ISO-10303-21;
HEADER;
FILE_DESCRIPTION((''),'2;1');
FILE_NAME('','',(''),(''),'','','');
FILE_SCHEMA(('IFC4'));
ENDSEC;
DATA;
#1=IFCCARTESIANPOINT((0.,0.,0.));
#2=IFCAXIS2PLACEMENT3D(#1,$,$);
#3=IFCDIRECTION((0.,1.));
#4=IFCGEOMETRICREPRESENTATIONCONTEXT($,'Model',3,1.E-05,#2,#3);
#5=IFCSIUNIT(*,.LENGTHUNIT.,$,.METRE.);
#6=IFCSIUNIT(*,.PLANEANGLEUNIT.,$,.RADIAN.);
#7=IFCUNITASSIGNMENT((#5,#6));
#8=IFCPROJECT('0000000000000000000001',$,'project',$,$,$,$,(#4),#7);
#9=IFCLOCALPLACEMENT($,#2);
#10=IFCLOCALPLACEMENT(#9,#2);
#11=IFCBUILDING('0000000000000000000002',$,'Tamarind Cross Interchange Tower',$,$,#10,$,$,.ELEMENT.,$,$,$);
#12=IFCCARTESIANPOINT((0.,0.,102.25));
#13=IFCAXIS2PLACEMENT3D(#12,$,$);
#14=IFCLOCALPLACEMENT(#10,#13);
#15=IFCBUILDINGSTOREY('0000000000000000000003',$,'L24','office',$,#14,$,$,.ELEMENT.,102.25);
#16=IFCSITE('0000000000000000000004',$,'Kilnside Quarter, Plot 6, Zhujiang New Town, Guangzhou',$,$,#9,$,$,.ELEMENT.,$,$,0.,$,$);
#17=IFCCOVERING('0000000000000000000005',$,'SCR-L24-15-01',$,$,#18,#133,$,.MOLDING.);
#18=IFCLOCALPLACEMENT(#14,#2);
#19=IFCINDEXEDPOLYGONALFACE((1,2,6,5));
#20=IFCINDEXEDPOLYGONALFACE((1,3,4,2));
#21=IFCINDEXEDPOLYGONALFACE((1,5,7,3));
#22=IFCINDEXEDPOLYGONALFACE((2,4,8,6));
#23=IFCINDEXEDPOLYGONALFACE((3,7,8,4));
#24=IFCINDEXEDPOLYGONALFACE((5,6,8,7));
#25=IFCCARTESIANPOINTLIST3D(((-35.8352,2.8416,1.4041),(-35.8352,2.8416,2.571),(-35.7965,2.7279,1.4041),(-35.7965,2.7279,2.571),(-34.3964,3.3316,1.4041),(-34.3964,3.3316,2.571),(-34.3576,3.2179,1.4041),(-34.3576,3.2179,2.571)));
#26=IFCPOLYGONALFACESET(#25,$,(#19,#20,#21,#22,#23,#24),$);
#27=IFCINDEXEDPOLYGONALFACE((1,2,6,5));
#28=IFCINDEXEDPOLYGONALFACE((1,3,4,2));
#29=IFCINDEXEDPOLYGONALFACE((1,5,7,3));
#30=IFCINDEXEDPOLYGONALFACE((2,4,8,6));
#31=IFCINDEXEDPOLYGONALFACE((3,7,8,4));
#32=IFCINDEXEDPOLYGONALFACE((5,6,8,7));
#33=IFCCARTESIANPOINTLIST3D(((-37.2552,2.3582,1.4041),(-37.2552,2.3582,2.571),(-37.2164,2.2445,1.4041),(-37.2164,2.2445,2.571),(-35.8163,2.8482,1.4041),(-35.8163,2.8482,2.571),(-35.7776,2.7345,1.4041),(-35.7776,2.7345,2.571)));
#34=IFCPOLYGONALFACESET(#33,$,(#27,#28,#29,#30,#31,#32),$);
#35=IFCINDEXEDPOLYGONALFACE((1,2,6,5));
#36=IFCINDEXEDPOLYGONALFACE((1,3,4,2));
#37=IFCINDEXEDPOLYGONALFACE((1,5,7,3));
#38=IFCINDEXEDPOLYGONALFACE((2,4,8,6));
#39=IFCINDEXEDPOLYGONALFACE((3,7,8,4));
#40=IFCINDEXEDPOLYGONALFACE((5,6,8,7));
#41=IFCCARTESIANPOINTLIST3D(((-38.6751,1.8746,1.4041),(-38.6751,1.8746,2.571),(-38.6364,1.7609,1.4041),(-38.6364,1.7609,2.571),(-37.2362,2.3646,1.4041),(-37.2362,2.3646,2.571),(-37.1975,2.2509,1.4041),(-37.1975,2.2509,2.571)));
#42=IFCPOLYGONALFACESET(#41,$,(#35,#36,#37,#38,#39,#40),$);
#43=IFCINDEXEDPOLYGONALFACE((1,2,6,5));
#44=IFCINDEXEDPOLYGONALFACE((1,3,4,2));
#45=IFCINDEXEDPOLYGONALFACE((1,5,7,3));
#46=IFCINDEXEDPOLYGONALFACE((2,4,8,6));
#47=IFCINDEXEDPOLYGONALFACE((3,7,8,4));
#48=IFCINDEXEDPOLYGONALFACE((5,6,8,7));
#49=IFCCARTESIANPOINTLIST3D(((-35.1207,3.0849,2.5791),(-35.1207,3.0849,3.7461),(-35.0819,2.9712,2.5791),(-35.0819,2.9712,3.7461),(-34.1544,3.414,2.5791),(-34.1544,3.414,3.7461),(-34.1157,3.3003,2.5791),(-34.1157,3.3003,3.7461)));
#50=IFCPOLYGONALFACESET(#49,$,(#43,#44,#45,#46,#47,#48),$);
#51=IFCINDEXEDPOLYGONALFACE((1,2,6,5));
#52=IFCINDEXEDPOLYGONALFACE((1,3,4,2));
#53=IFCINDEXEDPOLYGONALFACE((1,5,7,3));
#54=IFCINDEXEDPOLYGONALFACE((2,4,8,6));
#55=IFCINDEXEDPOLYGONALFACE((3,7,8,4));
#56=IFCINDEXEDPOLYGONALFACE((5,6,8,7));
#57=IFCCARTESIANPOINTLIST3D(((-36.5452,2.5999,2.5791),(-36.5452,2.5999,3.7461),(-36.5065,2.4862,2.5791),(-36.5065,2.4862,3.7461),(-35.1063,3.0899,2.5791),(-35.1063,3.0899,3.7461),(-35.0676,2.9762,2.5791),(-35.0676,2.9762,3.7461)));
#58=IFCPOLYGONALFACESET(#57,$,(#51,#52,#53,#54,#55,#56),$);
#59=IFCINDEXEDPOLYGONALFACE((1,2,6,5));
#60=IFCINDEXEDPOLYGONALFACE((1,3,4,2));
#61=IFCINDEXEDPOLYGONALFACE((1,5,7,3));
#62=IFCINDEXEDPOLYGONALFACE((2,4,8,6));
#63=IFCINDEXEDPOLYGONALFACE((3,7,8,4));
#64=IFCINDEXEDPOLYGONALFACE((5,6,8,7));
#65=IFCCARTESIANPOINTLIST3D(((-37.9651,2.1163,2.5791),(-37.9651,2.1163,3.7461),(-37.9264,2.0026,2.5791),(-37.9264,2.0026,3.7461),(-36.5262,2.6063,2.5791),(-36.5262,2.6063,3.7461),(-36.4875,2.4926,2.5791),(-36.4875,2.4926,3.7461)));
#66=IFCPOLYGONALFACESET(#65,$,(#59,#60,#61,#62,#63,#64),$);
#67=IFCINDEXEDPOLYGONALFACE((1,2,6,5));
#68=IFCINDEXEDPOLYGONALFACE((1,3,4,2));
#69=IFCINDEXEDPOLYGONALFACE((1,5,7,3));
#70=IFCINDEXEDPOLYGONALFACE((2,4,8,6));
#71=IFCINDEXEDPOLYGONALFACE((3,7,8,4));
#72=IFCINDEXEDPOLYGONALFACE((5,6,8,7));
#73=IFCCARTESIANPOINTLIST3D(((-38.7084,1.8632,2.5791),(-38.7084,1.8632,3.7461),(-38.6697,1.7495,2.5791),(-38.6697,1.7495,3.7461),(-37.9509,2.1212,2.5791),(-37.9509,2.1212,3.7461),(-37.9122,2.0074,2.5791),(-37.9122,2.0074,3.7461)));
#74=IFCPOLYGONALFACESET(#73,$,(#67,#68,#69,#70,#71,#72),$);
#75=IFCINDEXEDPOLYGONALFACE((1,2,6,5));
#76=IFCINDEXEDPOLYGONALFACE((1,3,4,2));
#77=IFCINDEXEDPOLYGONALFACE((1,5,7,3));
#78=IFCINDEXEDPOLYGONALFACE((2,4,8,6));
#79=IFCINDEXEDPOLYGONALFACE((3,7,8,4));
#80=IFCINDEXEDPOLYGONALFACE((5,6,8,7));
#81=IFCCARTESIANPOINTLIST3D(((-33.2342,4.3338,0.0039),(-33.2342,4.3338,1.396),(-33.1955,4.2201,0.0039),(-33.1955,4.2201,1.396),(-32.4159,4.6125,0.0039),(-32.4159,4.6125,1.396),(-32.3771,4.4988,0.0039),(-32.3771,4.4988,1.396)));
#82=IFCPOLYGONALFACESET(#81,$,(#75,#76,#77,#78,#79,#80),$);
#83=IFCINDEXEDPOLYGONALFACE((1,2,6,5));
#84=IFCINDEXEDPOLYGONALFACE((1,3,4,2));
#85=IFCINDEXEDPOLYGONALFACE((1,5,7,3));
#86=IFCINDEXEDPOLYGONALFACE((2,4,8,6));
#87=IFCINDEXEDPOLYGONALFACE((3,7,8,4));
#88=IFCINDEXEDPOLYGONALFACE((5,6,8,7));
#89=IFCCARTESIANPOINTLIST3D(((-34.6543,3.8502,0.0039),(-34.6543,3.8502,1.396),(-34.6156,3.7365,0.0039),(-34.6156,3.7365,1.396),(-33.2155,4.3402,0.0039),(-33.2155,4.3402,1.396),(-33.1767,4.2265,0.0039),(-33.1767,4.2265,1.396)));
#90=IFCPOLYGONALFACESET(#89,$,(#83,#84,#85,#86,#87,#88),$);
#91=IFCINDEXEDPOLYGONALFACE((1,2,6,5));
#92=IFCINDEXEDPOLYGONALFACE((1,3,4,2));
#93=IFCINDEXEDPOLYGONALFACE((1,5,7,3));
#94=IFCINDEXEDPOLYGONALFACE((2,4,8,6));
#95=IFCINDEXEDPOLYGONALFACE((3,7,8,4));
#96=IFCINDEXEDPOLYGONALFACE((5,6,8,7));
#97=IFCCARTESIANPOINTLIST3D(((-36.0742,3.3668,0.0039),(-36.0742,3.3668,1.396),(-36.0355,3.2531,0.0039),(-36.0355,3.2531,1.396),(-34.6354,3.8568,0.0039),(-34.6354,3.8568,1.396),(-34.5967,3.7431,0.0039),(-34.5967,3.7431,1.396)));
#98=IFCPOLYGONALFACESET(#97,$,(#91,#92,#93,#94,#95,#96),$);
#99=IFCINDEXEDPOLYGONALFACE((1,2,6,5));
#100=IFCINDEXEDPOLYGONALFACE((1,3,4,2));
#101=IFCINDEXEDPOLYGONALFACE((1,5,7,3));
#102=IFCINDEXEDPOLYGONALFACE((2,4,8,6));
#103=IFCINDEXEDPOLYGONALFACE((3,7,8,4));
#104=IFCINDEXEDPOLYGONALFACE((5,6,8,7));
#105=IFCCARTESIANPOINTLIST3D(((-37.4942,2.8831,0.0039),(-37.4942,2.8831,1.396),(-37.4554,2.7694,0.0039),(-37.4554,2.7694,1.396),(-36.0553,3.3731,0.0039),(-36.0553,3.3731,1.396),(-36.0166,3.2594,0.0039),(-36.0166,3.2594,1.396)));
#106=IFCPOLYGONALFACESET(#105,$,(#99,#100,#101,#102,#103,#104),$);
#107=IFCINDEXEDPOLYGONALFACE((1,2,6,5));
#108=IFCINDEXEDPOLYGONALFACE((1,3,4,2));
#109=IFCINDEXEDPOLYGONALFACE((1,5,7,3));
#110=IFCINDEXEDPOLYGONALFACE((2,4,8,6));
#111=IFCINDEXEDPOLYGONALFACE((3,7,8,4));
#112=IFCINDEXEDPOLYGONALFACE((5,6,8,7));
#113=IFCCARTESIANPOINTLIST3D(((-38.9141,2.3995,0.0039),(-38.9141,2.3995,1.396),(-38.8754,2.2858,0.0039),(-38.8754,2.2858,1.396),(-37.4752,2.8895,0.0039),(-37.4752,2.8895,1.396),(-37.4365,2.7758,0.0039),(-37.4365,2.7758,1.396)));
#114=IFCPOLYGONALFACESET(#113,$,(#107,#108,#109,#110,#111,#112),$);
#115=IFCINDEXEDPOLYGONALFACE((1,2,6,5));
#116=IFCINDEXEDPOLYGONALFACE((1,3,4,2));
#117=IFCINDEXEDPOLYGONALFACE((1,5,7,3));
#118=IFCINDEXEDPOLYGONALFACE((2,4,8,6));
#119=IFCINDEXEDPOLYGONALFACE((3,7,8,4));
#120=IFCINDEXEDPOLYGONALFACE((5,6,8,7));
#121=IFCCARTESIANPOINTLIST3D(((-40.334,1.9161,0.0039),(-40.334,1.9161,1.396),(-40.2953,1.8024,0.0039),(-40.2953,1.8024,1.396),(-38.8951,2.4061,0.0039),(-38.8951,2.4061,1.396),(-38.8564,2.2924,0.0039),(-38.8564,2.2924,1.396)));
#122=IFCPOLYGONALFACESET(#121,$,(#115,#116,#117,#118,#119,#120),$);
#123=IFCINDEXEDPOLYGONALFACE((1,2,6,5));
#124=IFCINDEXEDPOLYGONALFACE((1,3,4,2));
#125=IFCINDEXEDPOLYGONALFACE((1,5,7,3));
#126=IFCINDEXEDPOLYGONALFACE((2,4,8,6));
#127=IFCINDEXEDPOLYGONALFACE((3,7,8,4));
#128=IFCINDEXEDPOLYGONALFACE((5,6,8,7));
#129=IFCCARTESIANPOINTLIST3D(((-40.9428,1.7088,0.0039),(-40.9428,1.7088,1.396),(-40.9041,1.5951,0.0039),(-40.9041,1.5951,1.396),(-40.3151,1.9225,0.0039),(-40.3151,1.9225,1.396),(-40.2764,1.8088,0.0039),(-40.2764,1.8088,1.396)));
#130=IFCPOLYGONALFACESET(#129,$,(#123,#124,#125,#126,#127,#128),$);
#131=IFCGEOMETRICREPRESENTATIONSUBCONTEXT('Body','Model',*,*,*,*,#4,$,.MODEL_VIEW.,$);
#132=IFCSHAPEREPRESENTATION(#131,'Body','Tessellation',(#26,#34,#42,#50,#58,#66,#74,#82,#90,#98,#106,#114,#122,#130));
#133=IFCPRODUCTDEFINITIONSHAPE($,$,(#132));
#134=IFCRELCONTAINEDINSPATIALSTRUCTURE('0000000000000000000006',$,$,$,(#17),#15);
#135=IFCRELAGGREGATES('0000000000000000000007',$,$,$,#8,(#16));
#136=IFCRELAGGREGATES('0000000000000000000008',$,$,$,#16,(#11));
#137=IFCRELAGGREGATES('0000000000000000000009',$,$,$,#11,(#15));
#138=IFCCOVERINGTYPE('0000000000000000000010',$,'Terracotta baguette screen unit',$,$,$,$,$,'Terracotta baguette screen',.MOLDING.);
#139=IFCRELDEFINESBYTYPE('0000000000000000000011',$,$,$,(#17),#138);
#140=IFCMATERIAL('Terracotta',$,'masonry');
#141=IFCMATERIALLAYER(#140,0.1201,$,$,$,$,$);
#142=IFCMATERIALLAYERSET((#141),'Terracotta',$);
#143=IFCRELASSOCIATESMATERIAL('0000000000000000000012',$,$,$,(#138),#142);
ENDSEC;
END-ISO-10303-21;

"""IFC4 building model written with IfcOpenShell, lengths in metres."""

from ifc_helpers import new_model, si_unit, direction, frame, origin, origin_2d, place, context, subcontext, project, spatial, rectangle, extrude, material, layer, layer_set, type_object, element, save


model = new_model("IFC4")

# Units and contexts
model_context = context("Model", 3, precision=1e-05, world=origin(), true_north=direction((0.0, 1.0)))
body_context = subcontext(model_context, "Body", "Model", "MODEL_VIEW")
ifc_project = project(units=[si_unit("LENGTHUNIT", "METRE"), si_unit("PLANEANGLEUNIT", "RADIAN")], contexts=[model_context])

# Site, building, storey
site_placement = place(None, origin())
site = spatial("IfcSite", under=ifc_project, at=site_placement, Name="Kilnside Quarter, Plot 6, Zhujiang New Town, Guangzhou", CompositionType="ELEMENT", RefElevation=0.0)
building_placement = place(site_placement, origin())
building = spatial("IfcBuilding", under=site, at=building_placement, Name="Tamarind Cross Interchange Tower", CompositionType="ELEMENT")
storey_placement = place(building_placement, frame((0.0, 0.0, 102.25)))
storey = spatial("IfcBuildingStorey", under=building, at=storey_placement, Name="L24", Description="office", CompositionType="ELEMENT", Elevation=102.25)

# Covering
ifc_material_1 = material(Name="Terracotta", Category="masonry")
ifc_layer_1 = layer(ifc_material_1, 0.1201)
ifc_layer_set_1 = layer_set([ifc_layer_1], Name="Terracotta")
covering_type = type_object("IfcCoveringType", Name="Terracotta baguette screen unit", ElementType="Terracotta baguette screen", PredefinedType="MOLDING", material=ifc_layer_set_1)
covering_1_placement = place(storey_placement, origin())
element("IfcCovering", 1, at=covering_1_placement, inside=storey, type_object=covering_type, Name="SCR-L24-15-01", PredefinedType="MOLDING", context=body_context, shape_type="SweptSolid", body=[
    extrude(rectangle(XDim=1.52, YDim=0.1201, at=origin_2d()), frame((-35.0964, 3.0298, 1.4041), z_axis=(0.0, 0.0, 1.0), x_axis=(-0.946613, -0.322371, 0.0)), (0.0, 0.0, 1.0), 1.167),
    extrude(rectangle(XDim=1.52, YDim=0.1201, at=origin_2d()), frame((-36.5164, 2.5464, 1.4041), z_axis=(0.0, 0.0, 1.0), x_axis=(-0.946613, -0.322371, 0.0)), (0.0, 0.0, 1.0), 1.167),
    extrude(rectangle(XDim=1.52, YDim=0.1201, at=origin_2d()), frame((-37.9363, 2.0627, 1.4041), z_axis=(0.0, 0.0, 1.0), x_axis=(-0.946613, -0.322371, 0.0)), (0.0, 0.0, 1.0), 1.167),
    extrude(rectangle(XDim=1.0208, YDim=0.1201, at=origin_2d()), frame((-34.6182, 3.1926, 2.5791), z_axis=(0.0, 0.0, 1.0), x_axis=(-0.946613, -0.322371, 0.0)), (0.0, 0.0, 1.0), 1.167),
    extrude(rectangle(XDim=1.52, YDim=0.1201, at=origin_2d()), frame((-35.8064, 2.7881, 2.5791), z_axis=(0.0, 0.0, 1.0), x_axis=(-0.946613, -0.322371, 0.0)), (0.0, 0.0, 1.0), 1.167),
    extrude(rectangle(XDim=1.52, YDim=0.1201, at=origin_2d()), frame((-37.2263, 2.3044, 2.5791), z_axis=(0.0, 0.0, 1.0), x_axis=(-0.946613, -0.322371, 0.0)), (0.0, 0.0, 1.0), 1.167),
    extrude(rectangle(XDim=0.8003, YDim=0.1201, at=origin_2d()), frame((-38.3103, 1.9353, 2.5791), z_axis=(0.0, 0.0, 1.0), x_axis=(-0.946613, -0.322371, 0.0)), (0.0, 0.0, 1.0), 1.167),
    extrude(rectangle(XDim=0.8645, YDim=0.1201, at=origin_2d()), frame((-32.8057, 4.4163, 0.0039), z_axis=(0.0, 0.0, 1.0), x_axis=(-0.946613, -0.322371, 0.0)), (0.0, 0.0, 1.0), 1.3921),
    extrude(rectangle(XDim=1.52, YDim=0.1201, at=origin_2d()), frame((-33.9155, 4.0383, 0.0039), z_axis=(0.0, 0.0, 1.0), x_axis=(-0.946613, -0.322371, 0.0)), (0.0, 0.0, 1.0), 1.3921),
    extrude(rectangle(XDim=1.52, YDim=0.1201, at=origin_2d()), frame((-35.3354, 3.5549, 0.0039), z_axis=(0.0, 0.0, 1.0), x_axis=(-0.946613, -0.322371, 0.0)), (0.0, 0.0, 1.0), 1.3921),
    extrude(rectangle(XDim=1.52, YDim=0.1201, at=origin_2d()), frame((-36.7554, 3.0713, 0.0039), z_axis=(0.0, 0.0, 1.0), x_axis=(-0.946613, -0.322371, 0.0)), (0.0, 0.0, 1.0), 1.3921),
    extrude(rectangle(XDim=1.52, YDim=0.1201, at=origin_2d()), frame((-38.1753, 2.5876, 0.0039), z_axis=(0.0, 0.0, 1.0), x_axis=(-0.946613, -0.322371, 0.0)), (0.0, 0.0, 1.0), 1.3921),
    extrude(rectangle(XDim=1.52, YDim=0.1201, at=origin_2d()), frame((-39.5952, 2.1042, 0.0039), z_axis=(0.0, 0.0, 1.0), x_axis=(-0.946613, -0.322371, 0.0)), (0.0, 0.0, 1.0), 1.3921),
    extrude(rectangle(XDim=0.6631, YDim=0.1201, at=origin_2d()), frame((-40.6096, 1.7588, 0.0039), z_axis=(0.0, 0.0, 1.0), x_axis=(-0.946613, -0.322371, 0.0)), (0.0, 0.0, 1.0), 1.3921),
])

save(model, "model.ifc")
